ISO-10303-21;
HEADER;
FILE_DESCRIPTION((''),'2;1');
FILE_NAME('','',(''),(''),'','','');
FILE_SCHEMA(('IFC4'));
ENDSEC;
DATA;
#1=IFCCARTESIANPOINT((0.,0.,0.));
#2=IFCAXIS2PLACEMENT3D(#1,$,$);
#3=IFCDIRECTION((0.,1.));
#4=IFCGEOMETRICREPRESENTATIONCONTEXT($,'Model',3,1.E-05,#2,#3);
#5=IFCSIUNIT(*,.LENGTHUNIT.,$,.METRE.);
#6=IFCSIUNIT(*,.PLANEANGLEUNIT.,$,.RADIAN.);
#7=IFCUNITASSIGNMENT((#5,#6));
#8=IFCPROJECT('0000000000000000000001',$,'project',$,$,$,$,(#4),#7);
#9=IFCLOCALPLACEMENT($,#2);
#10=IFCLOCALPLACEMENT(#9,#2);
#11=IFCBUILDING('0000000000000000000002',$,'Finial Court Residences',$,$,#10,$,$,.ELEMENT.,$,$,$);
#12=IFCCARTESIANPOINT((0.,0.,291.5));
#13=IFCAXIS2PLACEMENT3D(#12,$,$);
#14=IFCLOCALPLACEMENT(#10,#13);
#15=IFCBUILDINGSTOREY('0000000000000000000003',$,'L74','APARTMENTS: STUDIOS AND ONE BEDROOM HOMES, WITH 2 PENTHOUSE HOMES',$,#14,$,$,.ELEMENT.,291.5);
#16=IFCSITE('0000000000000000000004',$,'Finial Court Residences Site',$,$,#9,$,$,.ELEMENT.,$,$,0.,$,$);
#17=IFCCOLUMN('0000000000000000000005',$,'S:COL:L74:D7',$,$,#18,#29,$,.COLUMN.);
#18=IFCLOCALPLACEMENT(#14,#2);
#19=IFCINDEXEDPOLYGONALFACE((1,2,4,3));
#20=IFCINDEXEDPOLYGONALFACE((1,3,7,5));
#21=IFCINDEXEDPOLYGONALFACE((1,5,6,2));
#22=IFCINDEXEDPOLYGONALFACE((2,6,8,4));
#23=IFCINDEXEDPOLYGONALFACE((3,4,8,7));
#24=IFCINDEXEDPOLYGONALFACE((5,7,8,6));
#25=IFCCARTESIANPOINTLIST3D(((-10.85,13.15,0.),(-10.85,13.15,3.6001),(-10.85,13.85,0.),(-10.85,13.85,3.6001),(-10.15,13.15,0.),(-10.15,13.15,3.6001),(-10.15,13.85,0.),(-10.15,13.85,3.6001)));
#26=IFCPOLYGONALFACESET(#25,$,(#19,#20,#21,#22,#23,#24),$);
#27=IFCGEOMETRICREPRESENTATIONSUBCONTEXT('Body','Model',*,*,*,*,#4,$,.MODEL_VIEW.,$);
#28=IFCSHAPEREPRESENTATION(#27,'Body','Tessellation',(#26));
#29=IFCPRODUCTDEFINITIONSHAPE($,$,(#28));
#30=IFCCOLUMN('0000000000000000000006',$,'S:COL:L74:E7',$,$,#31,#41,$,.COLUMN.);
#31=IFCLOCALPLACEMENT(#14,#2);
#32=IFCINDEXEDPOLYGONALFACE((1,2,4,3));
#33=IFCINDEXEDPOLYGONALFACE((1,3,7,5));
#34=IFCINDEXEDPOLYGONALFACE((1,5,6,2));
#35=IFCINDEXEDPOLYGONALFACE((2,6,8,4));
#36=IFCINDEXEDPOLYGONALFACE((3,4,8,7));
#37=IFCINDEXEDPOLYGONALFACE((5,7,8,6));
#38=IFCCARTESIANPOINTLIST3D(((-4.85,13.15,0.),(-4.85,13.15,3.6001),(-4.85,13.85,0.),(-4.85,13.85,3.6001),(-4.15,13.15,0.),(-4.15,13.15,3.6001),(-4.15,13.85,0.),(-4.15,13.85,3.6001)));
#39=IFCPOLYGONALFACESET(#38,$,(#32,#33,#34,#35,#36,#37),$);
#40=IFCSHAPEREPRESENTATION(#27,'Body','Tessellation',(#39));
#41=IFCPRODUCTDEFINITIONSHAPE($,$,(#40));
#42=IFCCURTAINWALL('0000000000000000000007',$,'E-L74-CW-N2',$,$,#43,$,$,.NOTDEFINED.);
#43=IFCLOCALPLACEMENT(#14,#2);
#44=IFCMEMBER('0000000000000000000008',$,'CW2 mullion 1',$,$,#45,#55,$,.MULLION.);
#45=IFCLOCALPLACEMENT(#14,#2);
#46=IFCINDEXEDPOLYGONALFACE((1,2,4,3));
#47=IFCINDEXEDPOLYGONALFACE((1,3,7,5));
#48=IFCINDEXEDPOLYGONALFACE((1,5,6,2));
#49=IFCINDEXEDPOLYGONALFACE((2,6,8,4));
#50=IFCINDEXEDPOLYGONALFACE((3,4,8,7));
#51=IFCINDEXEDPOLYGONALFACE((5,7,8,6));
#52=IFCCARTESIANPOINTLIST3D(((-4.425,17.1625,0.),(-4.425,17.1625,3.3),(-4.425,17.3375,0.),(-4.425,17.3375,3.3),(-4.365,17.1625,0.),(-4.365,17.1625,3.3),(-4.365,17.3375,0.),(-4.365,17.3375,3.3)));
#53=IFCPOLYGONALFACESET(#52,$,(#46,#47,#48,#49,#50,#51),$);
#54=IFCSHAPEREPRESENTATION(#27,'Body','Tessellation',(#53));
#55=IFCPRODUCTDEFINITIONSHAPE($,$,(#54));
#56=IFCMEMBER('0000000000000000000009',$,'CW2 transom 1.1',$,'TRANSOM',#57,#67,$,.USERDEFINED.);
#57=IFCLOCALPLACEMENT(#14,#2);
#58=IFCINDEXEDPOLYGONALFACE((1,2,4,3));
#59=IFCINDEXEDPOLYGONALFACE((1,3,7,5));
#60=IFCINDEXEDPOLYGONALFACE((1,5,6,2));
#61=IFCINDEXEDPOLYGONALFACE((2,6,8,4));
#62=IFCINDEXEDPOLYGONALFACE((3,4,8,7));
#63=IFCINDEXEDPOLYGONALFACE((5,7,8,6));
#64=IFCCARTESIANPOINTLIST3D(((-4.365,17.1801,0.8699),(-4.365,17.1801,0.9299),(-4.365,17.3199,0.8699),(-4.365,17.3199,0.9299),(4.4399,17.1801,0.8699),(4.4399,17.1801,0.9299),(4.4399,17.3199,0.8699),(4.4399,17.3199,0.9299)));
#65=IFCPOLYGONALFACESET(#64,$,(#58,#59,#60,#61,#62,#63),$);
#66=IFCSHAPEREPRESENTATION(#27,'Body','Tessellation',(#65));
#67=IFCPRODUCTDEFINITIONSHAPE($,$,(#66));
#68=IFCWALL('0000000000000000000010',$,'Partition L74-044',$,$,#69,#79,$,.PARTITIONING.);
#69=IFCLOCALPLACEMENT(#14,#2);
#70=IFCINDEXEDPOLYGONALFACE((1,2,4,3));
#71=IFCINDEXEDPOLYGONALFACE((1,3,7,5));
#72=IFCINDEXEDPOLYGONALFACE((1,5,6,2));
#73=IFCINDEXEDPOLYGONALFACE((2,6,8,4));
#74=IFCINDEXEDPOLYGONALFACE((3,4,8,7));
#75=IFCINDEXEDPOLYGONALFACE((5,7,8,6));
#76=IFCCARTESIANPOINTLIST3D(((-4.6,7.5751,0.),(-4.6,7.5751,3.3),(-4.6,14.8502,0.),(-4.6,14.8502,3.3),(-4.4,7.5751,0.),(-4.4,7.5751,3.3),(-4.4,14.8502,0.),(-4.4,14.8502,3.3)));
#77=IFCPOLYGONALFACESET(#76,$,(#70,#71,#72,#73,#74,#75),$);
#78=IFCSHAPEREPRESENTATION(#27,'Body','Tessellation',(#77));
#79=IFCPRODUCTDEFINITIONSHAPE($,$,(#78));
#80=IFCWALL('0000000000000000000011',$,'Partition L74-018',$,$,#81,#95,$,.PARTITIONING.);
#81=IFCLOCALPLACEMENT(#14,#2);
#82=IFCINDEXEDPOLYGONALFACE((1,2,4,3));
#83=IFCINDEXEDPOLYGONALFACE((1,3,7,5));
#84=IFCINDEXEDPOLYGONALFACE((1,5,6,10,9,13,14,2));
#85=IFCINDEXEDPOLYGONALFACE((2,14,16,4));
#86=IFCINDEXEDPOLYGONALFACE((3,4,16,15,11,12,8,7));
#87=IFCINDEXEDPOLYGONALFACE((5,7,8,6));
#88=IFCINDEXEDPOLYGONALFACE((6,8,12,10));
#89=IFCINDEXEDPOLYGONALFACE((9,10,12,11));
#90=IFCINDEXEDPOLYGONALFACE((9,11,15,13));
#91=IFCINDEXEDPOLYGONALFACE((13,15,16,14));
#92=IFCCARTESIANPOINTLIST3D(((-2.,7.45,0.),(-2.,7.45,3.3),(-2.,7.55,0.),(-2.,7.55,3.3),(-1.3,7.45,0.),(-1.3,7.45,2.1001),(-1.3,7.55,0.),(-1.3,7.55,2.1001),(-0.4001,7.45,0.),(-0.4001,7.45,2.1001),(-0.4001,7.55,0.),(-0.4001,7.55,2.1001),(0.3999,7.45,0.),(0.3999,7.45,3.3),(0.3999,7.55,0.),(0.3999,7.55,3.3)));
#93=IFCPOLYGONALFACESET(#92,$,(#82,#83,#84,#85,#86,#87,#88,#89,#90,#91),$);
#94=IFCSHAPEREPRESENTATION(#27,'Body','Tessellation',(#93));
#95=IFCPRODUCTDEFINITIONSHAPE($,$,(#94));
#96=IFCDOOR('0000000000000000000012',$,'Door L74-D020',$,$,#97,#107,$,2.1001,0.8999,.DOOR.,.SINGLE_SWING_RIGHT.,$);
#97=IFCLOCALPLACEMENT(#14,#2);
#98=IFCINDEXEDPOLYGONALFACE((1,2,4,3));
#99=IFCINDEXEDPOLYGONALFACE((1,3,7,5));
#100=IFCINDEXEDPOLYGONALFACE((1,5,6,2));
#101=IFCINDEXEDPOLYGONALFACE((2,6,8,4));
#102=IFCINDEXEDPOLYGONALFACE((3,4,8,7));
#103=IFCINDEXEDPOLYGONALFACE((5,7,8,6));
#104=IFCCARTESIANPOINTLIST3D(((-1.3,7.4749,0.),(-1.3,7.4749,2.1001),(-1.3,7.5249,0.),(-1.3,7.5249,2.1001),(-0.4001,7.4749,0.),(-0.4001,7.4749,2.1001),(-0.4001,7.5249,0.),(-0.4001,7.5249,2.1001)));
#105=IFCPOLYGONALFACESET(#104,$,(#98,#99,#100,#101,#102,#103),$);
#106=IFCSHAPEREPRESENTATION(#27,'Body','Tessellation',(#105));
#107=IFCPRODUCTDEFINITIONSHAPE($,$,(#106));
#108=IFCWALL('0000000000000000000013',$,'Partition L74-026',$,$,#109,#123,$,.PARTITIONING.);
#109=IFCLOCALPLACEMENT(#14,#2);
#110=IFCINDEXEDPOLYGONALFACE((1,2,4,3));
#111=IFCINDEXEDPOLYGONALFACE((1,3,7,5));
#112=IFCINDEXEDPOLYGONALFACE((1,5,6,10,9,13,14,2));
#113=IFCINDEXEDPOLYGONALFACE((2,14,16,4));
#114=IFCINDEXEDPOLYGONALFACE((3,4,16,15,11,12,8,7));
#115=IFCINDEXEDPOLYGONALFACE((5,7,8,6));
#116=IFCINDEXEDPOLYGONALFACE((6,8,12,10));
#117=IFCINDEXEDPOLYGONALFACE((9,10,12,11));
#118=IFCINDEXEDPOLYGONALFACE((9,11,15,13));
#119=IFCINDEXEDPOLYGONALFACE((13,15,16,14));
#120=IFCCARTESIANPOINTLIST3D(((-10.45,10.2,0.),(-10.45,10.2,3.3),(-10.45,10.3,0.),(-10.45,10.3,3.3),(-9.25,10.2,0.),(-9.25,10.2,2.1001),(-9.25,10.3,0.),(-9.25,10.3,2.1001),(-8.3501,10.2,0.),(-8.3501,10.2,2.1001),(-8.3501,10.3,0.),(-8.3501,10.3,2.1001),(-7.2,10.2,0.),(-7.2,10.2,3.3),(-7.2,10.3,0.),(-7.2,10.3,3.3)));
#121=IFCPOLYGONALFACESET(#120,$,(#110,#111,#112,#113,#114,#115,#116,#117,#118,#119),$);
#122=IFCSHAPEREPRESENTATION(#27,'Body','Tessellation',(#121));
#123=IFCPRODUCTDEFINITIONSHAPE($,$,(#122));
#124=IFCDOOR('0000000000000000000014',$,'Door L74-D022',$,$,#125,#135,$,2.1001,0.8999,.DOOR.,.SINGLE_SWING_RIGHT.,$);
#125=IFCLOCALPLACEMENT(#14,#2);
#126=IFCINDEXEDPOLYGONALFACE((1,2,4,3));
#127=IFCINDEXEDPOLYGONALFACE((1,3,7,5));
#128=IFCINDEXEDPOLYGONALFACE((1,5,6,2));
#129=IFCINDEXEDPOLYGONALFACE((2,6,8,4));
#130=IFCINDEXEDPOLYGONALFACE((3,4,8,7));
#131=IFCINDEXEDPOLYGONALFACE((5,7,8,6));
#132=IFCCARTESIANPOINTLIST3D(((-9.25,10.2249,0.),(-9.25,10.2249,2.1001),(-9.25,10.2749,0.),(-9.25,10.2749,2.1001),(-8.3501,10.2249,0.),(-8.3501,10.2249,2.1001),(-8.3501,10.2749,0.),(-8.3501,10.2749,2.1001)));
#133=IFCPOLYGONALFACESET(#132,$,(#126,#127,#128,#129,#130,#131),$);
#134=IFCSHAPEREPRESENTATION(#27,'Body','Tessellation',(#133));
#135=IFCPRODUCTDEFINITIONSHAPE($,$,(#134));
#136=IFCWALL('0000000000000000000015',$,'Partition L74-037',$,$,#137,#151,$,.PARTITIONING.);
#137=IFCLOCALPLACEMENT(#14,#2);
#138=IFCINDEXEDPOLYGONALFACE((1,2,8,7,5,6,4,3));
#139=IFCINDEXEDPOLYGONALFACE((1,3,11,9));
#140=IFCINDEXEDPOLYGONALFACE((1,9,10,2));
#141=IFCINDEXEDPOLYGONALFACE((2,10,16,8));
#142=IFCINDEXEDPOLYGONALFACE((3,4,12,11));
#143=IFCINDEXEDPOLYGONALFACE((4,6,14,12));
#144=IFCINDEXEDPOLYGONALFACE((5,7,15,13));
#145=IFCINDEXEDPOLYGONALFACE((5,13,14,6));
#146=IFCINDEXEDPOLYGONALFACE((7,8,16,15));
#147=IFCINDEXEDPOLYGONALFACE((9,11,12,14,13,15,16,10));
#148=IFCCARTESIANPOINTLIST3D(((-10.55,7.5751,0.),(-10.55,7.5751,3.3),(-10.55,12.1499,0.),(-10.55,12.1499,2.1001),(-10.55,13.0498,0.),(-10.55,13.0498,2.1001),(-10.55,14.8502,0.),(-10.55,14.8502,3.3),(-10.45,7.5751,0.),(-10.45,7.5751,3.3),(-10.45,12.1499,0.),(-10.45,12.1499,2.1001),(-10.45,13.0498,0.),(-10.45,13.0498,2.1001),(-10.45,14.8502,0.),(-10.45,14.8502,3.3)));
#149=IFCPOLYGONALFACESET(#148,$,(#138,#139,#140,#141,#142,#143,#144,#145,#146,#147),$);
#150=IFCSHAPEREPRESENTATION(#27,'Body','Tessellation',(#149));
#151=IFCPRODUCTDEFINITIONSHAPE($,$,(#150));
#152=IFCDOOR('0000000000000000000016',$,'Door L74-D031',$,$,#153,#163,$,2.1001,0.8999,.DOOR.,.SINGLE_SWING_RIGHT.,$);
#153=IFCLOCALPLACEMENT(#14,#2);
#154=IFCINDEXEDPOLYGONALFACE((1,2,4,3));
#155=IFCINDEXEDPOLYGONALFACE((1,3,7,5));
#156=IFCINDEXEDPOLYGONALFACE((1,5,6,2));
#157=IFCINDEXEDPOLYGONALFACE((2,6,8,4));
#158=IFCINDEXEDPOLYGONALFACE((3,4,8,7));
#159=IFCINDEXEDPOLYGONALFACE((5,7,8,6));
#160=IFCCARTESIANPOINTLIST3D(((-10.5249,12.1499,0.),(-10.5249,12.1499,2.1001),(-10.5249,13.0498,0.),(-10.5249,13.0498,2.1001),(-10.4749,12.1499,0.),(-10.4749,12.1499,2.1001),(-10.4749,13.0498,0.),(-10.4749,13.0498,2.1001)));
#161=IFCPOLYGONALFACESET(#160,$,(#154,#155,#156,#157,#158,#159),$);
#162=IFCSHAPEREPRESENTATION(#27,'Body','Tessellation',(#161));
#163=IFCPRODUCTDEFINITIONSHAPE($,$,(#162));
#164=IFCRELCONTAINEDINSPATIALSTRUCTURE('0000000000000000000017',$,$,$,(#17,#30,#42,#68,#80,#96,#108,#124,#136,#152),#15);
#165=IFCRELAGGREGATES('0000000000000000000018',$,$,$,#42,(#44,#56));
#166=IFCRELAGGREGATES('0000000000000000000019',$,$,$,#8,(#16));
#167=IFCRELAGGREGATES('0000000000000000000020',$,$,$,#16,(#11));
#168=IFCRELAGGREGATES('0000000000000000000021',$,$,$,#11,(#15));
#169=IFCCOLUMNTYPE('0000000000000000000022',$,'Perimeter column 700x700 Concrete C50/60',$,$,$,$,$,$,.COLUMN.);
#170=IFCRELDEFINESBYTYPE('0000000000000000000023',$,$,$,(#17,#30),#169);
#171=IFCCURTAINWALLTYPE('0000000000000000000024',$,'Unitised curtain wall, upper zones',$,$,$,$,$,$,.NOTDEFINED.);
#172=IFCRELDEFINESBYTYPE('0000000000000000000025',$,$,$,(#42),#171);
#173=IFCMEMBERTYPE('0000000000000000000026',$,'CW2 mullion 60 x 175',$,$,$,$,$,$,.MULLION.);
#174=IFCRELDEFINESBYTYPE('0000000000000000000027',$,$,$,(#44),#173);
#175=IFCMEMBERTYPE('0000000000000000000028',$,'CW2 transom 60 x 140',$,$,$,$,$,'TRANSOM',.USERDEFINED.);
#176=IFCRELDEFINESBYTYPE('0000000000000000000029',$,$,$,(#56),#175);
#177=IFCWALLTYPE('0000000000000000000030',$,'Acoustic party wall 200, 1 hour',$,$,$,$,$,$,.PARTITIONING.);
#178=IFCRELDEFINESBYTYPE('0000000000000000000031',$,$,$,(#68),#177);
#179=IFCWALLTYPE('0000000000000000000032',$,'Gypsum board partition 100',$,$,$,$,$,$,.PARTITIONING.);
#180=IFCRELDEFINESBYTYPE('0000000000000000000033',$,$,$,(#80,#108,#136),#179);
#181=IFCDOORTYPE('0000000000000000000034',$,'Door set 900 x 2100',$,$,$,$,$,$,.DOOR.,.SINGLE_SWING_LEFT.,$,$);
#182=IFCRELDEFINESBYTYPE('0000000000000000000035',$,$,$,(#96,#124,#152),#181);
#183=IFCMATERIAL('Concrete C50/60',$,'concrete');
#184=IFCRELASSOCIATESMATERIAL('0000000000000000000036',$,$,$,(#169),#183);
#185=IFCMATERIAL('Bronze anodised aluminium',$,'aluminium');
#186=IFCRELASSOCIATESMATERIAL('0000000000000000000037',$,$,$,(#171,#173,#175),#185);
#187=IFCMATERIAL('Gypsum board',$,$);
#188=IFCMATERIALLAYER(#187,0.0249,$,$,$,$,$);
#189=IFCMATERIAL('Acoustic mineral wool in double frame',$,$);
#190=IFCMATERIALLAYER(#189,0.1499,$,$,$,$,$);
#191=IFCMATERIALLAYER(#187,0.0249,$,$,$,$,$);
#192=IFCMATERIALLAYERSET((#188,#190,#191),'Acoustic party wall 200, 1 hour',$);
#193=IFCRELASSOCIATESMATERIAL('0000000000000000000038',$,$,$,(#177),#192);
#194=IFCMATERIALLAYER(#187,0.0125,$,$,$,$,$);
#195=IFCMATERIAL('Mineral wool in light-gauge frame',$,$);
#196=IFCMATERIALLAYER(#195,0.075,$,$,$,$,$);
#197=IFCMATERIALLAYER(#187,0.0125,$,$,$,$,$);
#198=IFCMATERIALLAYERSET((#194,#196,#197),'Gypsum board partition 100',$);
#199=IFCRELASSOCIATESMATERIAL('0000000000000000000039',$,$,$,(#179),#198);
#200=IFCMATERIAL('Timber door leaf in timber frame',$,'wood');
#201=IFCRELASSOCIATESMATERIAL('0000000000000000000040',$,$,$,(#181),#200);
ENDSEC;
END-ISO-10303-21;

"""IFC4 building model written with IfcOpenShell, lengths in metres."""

from ifc_helpers import new_model, si_unit, direction, frame, frame_2d, origin, origin_2d, place, context, subcontext, project, spatial, rectangle, extrude, material, layer, layer_set, material_profile, profile_set, type_object, element, fill, aggregate, save


model = new_model("IFC4")

# Units and contexts
model_context = context("Model", 3, precision=1e-05, world=origin(), true_north=direction((0.0, 1.0)))
body_context = subcontext(model_context, "Body", "Model", "MODEL_VIEW")
ifc_project = project(units=[si_unit("LENGTHUNIT", "METRE"), si_unit("PLANEANGLEUNIT", "RADIAN")], contexts=[model_context])

# Site, building, storey
site_placement = place(None, origin())
site = spatial("IfcSite", under=ifc_project, at=site_placement, Name="Finial Court Residences Site", CompositionType="ELEMENT", RefElevation=0.0)
building_placement = place(site_placement, origin())
building = spatial("IfcBuilding", under=site, at=building_placement, Name="Finial Court Residences", CompositionType="ELEMENT")
storey_placement = place(building_placement, frame((0.0, 0.0, 291.5)))
storey = spatial("IfcBuildingStorey", under=building, at=storey_placement, Name="L74", Description="APARTMENTS: STUDIOS AND ONE BEDROOM HOMES, WITH 2 PENTHOUSE HOMES", CompositionType="ELEMENT", Elevation=291.5)

# Columns
ifc_material_1 = material(Name="Concrete C50/60", Category="concrete")
ifc_material_profile_1 = material_profile(ifc_material_1, rectangle(XDim=0.7, YDim=0.7, at=origin_2d()), Name="700x700")
ifc_profile_set_1 = profile_set([ifc_material_profile_1], Name="Concrete C50/60")
column_type = type_object("IfcColumnType", Name="Perimeter column 700x700 Concrete C50/60", PredefinedType="COLUMN", material=ifc_profile_set_1)
for number, where, z_axis, x_axis, name in (
    (1, (-10.5, 13.5, 0.0), (0.0, 0.0, 1.0), (1.0, 0.0, 0.0), "S:COL:L74:D7"),
    (2, (-4.5, 13.5, 0.0), (0.0, 0.0, 1.0), (1.0, 0.0, 0.0), "S:COL:L74:E7"),
):
    element("IfcColumn", number, at=place(storey_placement, frame(where, z_axis=z_axis, x_axis=x_axis)), inside=storey, type_object=column_type, Name=name, PredefinedType="COLUMN", context=body_context, shape_type="SweptSolid", body=[
        extrude(rectangle(XDim=0.7, YDim=0.7, at=origin_2d()), origin(), (0.0, 0.0, 1.0), 3.6001),
    ])

# Curtain wall, members
ifc_material_2 = material(Name="Bronze anodised aluminium", Category="aluminium")
curtain_wall_type = type_object("IfcCurtainWallType", Name="Unitised curtain wall, upper zones", PredefinedType="NOTDEFINED", material=ifc_material_2)
curtain_wall_placement = place(storey_placement, origin())
curtain_wall = element("IfcCurtainWall", 3, at=curtain_wall_placement, inside=storey, type_object=curtain_wall_type, Name="E-L74-CW-N2", PredefinedType="NOTDEFINED")
ifc_material_profile_2 = material_profile(ifc_material_2, rectangle(XDim=0.175, YDim=0.0601, at=origin_2d()), Name="CW2 mullion 60 x 175")
ifc_profile_set_2 = profile_set([ifc_material_profile_2], Name="Bronze anodised aluminium")
member_type_1 = type_object("IfcMemberType", Name="CW2 mullion 60 x 175", PredefinedType="MULLION", material=ifc_profile_set_2)
member_1_placement = place(storey_placement, frame((-4.395, 17.25, 0.0), z_axis=(0.0, 0.0, 1.0), x_axis=(0.0, 1.0, 0.0)))
member_1 = element("IfcMember", 4, at=member_1_placement, type_object=member_type_1, Name="CW2 mullion 1", PredefinedType="MULLION", context=body_context, shape_type="SweptSolid", body=[
    extrude(rectangle(XDim=0.175, YDim=0.0601, at=origin_2d()), origin(), (0.0, 0.0, 1.0), 3.3),
])
ifc_material_profile_3 = material_profile(ifc_material_2, rectangle(XDim=0.1399, YDim=0.0601, at=origin_2d()), Name="CW2 transom 60 x 140")
ifc_profile_set_3 = profile_set([ifc_material_profile_3], Name="Bronze anodised aluminium")
member_type_2 = type_object("IfcMemberType", Name="CW2 transom 60 x 140", ElementType="TRANSOM", PredefinedType="USERDEFINED", material=ifc_profile_set_3)
member_2_placement = place(storey_placement, frame((-4.365, 17.25, 0.8999), z_axis=(1.0, 0.0, 0.0), x_axis=(0.0, 1.0, 0.0)))
member_2 = element("IfcMember", 5, at=member_2_placement, type_object=member_type_2, Name="CW2 transom 1.1", ObjectType="TRANSOM", PredefinedType="USERDEFINED", context=body_context, shape_type="SweptSolid", body=[
    extrude(rectangle(XDim=0.1399, YDim=0.0601, at=origin_2d()), origin(), (0.0, 0.0, 1.0), 8.8049),
])
aggregate(curtain_wall, [member_1, member_2])

# Wall
ifc_material_3 = material(Name="Gypsum board")
ifc_layer_1 = layer(ifc_material_3, 0.0249)
ifc_material_4 = material(Name="Acoustic mineral wool in double frame")
ifc_layer_2 = layer(ifc_material_4, 0.1499)
ifc_layer_3 = layer(ifc_material_3, 0.0249)
ifc_layer_set_1 = layer_set([ifc_layer_1, ifc_layer_2, ifc_layer_3], Name="Acoustic party wall 200, 1 hour")
wall_type_1 = type_object("IfcWallType", Name="Acoustic party wall 200, 1 hour", PredefinedType="PARTITIONING", material=ifc_layer_set_1)
wall_1_placement = place(storey_placement, frame((-4.5, 7.575, 0.0), z_axis=(0.0, 0.0, 1.0), x_axis=(0.0, 1.0, 0.0)))
element("IfcWall", 6, at=wall_1_placement, inside=storey, type_object=wall_type_1, Name="Partition L74-044", PredefinedType="PARTITIONING", context=body_context, shape_type="SweptSolid", body=[
    extrude(rectangle(XDim=7.2751, YDim=0.2, at=frame_2d((3.6377, 0.0))), origin(), (0.0, 0.0, 1.0), 3.3),
])

# Walls, openings, doors
ifc_layer_4 = layer(ifc_material_3, 0.0125)
ifc_material_5 = material(Name="Mineral wool in light-gauge frame")
ifc_layer_5 = layer(ifc_material_5, 0.075)
ifc_layer_6 = layer(ifc_material_3, 0.0125)
ifc_layer_set_2 = layer_set([ifc_layer_4, ifc_layer_5, ifc_layer_6], Name="Gypsum board partition 100")
wall_type_2 = type_object("IfcWallType", Name="Gypsum board partition 100", PredefinedType="PARTITIONING", material=ifc_layer_set_2)
wall_2_placement = place(storey_placement, frame((-2.0, 7.5, 0.0), z_axis=(0.0, 0.0, 1.0), x_axis=(1.0, 0.0, 0.0)))
wall_2 = element("IfcWall", 7, at=wall_2_placement, inside=storey, type_object=wall_type_2, Name="Partition L74-018", PredefinedType="PARTITIONING", context=body_context, shape_type="SweptSolid", body=[
    extrude(rectangle(XDim=2.3999, YDim=0.1001, at=frame_2d((1.2, 0.0))), origin(), (0.0, 0.0, 1.0), 3.3),
])
opening_1_placement = place(wall_2_placement, frame((0.7, 0.0, 0.0)))
opening_1 = element("IfcOpeningElement", 8, at=opening_1_placement, cuts=wall_2, PredefinedType="OPENING", context=body_context, shape_type="SweptSolid", body=[
    extrude(rectangle(XDim=0.8999, YDim=2.1001, at=frame_2d((0.45, 1.05))), frame((0.0, 0.0601, 0.0), z_axis=(0.0, -1.0, 0.0), x_axis=(1.0, 0.0, 0.0)), (0.0, 0.0, 1.0), 0.1201),
])
ifc_material_6 = material(Name="Timber door leaf in timber frame", Category="wood")
door_type_1 = type_object("IfcDoorType", Name="Door set 900 x 2100", OperationType="SINGLE_SWING_LEFT", PredefinedType="DOOR", material=ifc_material_6)
door_1_placement = place(opening_1_placement, origin())
door_1 = element("IfcDoor", 9, at=door_1_placement, inside=storey, type_object=door_type_1, Name="Door L74-D020", OperationType="SINGLE_SWING_RIGHT", OverallHeight=2.1001, OverallWidth=0.8999, PredefinedType="DOOR", context=body_context, shape_type="SweptSolid", body=[
    extrude(rectangle(XDim=0.8999, YDim=2.1001, at=frame_2d((0.45, 1.05))), frame((0.0, 0.0249, 0.0), z_axis=(0.0, -1.0, 0.0), x_axis=(1.0, 0.0, 0.0)), (0.0, 0.0, 1.0), 0.05),
])
fill(opening_1, door_1)
wall_3_placement = place(storey_placement, frame((-10.45, 10.25, 0.0), z_axis=(0.0, 0.0, 1.0), x_axis=(1.0, 0.0, 0.0)))
wall_3 = element("IfcWall", 10, at=wall_3_placement, inside=storey, type_object=wall_type_2, Name="Partition L74-026", PredefinedType="PARTITIONING", context=body_context, shape_type="SweptSolid", body=[
    extrude(rectangle(XDim=3.25, YDim=0.1001, at=frame_2d((1.625, 0.0))), origin(), (0.0, 0.0, 1.0), 3.3),
])
opening_2_placement = place(wall_3_placement, frame((1.2, 0.0, 0.0)))
opening_2 = element("IfcOpeningElement", 11, at=opening_2_placement, cuts=wall_3, PredefinedType="OPENING", context=body_context, shape_type="SweptSolid", body=[
    extrude(rectangle(XDim=0.8999, YDim=2.1001, at=frame_2d((0.45, 1.05))), frame((0.0, 0.0601, 0.0), z_axis=(0.0, -1.0, 0.0), x_axis=(1.0, 0.0, 0.0)), (0.0, 0.0, 1.0), 0.1201),
])
door_2_placement = place(opening_2_placement, origin())
door_2 = element("IfcDoor", 12, at=door_2_placement, inside=storey, type_object=door_type_1, Name="Door L74-D022", OperationType="SINGLE_SWING_RIGHT", OverallHeight=2.1001, OverallWidth=0.8999, PredefinedType="DOOR", context=body_context, shape_type="SweptSolid", body=[
    extrude(rectangle(XDim=0.8999, YDim=2.1001, at=frame_2d((0.45, 1.05))), frame((0.0, 0.0249, 0.0), z_axis=(0.0, -1.0, 0.0), x_axis=(1.0, 0.0, 0.0)), (0.0, 0.0, 1.0), 0.05),
])
fill(opening_2, door_2)
wall_4_placement = place(storey_placement, frame((-10.5, 7.575, 0.0), z_axis=(0.0, 0.0, 1.0), x_axis=(0.0, 1.0, 0.0)))
wall_4 = element("IfcWall", 13, at=wall_4_placement, inside=storey, type_object=wall_type_2, Name="Partition L74-037", PredefinedType="PARTITIONING", context=body_context, shape_type="SweptSolid", body=[
    extrude(rectangle(XDim=7.2751, YDim=0.1001, at=frame_2d((3.6377, 0.0))), origin(), (0.0, 0.0, 1.0), 3.3),
])
opening_3_placement = place(wall_4_placement, frame((4.575, 0.0, 0.0)))
opening_3 = element("IfcOpeningElement", 14, at=opening_3_placement, cuts=wall_4, PredefinedType="OPENING", context=body_context, shape_type="SweptSolid", body=[
    extrude(rectangle(XDim=0.8999, YDim=2.1001, at=frame_2d((0.45, 1.05))), frame((0.0, 0.0601, 0.0), z_axis=(0.0, -1.0, 0.0), x_axis=(1.0, 0.0, 0.0)), (0.0, 0.0, 1.0), 0.1201),
])
door_3_placement = place(opening_3_placement, origin())
door_3 = element("IfcDoor", 15, at=door_3_placement, inside=storey, type_object=door_type_1, Name="Door L74-D031", OperationType="SINGLE_SWING_RIGHT", OverallHeight=2.1001, OverallWidth=0.8999, PredefinedType="DOOR", context=body_context, shape_type="SweptSolid", body=[
    extrude(rectangle(XDim=0.8999, YDim=2.1001, at=frame_2d((0.45, 1.05))), frame((0.0, 0.0249, 0.0), z_axis=(0.0, -1.0, 0.0), x_axis=(1.0, 0.0, 0.0)), (0.0, 0.0, 1.0), 0.05),
])
fill(opening_3, door_3)

save(model, "model.ifc")
